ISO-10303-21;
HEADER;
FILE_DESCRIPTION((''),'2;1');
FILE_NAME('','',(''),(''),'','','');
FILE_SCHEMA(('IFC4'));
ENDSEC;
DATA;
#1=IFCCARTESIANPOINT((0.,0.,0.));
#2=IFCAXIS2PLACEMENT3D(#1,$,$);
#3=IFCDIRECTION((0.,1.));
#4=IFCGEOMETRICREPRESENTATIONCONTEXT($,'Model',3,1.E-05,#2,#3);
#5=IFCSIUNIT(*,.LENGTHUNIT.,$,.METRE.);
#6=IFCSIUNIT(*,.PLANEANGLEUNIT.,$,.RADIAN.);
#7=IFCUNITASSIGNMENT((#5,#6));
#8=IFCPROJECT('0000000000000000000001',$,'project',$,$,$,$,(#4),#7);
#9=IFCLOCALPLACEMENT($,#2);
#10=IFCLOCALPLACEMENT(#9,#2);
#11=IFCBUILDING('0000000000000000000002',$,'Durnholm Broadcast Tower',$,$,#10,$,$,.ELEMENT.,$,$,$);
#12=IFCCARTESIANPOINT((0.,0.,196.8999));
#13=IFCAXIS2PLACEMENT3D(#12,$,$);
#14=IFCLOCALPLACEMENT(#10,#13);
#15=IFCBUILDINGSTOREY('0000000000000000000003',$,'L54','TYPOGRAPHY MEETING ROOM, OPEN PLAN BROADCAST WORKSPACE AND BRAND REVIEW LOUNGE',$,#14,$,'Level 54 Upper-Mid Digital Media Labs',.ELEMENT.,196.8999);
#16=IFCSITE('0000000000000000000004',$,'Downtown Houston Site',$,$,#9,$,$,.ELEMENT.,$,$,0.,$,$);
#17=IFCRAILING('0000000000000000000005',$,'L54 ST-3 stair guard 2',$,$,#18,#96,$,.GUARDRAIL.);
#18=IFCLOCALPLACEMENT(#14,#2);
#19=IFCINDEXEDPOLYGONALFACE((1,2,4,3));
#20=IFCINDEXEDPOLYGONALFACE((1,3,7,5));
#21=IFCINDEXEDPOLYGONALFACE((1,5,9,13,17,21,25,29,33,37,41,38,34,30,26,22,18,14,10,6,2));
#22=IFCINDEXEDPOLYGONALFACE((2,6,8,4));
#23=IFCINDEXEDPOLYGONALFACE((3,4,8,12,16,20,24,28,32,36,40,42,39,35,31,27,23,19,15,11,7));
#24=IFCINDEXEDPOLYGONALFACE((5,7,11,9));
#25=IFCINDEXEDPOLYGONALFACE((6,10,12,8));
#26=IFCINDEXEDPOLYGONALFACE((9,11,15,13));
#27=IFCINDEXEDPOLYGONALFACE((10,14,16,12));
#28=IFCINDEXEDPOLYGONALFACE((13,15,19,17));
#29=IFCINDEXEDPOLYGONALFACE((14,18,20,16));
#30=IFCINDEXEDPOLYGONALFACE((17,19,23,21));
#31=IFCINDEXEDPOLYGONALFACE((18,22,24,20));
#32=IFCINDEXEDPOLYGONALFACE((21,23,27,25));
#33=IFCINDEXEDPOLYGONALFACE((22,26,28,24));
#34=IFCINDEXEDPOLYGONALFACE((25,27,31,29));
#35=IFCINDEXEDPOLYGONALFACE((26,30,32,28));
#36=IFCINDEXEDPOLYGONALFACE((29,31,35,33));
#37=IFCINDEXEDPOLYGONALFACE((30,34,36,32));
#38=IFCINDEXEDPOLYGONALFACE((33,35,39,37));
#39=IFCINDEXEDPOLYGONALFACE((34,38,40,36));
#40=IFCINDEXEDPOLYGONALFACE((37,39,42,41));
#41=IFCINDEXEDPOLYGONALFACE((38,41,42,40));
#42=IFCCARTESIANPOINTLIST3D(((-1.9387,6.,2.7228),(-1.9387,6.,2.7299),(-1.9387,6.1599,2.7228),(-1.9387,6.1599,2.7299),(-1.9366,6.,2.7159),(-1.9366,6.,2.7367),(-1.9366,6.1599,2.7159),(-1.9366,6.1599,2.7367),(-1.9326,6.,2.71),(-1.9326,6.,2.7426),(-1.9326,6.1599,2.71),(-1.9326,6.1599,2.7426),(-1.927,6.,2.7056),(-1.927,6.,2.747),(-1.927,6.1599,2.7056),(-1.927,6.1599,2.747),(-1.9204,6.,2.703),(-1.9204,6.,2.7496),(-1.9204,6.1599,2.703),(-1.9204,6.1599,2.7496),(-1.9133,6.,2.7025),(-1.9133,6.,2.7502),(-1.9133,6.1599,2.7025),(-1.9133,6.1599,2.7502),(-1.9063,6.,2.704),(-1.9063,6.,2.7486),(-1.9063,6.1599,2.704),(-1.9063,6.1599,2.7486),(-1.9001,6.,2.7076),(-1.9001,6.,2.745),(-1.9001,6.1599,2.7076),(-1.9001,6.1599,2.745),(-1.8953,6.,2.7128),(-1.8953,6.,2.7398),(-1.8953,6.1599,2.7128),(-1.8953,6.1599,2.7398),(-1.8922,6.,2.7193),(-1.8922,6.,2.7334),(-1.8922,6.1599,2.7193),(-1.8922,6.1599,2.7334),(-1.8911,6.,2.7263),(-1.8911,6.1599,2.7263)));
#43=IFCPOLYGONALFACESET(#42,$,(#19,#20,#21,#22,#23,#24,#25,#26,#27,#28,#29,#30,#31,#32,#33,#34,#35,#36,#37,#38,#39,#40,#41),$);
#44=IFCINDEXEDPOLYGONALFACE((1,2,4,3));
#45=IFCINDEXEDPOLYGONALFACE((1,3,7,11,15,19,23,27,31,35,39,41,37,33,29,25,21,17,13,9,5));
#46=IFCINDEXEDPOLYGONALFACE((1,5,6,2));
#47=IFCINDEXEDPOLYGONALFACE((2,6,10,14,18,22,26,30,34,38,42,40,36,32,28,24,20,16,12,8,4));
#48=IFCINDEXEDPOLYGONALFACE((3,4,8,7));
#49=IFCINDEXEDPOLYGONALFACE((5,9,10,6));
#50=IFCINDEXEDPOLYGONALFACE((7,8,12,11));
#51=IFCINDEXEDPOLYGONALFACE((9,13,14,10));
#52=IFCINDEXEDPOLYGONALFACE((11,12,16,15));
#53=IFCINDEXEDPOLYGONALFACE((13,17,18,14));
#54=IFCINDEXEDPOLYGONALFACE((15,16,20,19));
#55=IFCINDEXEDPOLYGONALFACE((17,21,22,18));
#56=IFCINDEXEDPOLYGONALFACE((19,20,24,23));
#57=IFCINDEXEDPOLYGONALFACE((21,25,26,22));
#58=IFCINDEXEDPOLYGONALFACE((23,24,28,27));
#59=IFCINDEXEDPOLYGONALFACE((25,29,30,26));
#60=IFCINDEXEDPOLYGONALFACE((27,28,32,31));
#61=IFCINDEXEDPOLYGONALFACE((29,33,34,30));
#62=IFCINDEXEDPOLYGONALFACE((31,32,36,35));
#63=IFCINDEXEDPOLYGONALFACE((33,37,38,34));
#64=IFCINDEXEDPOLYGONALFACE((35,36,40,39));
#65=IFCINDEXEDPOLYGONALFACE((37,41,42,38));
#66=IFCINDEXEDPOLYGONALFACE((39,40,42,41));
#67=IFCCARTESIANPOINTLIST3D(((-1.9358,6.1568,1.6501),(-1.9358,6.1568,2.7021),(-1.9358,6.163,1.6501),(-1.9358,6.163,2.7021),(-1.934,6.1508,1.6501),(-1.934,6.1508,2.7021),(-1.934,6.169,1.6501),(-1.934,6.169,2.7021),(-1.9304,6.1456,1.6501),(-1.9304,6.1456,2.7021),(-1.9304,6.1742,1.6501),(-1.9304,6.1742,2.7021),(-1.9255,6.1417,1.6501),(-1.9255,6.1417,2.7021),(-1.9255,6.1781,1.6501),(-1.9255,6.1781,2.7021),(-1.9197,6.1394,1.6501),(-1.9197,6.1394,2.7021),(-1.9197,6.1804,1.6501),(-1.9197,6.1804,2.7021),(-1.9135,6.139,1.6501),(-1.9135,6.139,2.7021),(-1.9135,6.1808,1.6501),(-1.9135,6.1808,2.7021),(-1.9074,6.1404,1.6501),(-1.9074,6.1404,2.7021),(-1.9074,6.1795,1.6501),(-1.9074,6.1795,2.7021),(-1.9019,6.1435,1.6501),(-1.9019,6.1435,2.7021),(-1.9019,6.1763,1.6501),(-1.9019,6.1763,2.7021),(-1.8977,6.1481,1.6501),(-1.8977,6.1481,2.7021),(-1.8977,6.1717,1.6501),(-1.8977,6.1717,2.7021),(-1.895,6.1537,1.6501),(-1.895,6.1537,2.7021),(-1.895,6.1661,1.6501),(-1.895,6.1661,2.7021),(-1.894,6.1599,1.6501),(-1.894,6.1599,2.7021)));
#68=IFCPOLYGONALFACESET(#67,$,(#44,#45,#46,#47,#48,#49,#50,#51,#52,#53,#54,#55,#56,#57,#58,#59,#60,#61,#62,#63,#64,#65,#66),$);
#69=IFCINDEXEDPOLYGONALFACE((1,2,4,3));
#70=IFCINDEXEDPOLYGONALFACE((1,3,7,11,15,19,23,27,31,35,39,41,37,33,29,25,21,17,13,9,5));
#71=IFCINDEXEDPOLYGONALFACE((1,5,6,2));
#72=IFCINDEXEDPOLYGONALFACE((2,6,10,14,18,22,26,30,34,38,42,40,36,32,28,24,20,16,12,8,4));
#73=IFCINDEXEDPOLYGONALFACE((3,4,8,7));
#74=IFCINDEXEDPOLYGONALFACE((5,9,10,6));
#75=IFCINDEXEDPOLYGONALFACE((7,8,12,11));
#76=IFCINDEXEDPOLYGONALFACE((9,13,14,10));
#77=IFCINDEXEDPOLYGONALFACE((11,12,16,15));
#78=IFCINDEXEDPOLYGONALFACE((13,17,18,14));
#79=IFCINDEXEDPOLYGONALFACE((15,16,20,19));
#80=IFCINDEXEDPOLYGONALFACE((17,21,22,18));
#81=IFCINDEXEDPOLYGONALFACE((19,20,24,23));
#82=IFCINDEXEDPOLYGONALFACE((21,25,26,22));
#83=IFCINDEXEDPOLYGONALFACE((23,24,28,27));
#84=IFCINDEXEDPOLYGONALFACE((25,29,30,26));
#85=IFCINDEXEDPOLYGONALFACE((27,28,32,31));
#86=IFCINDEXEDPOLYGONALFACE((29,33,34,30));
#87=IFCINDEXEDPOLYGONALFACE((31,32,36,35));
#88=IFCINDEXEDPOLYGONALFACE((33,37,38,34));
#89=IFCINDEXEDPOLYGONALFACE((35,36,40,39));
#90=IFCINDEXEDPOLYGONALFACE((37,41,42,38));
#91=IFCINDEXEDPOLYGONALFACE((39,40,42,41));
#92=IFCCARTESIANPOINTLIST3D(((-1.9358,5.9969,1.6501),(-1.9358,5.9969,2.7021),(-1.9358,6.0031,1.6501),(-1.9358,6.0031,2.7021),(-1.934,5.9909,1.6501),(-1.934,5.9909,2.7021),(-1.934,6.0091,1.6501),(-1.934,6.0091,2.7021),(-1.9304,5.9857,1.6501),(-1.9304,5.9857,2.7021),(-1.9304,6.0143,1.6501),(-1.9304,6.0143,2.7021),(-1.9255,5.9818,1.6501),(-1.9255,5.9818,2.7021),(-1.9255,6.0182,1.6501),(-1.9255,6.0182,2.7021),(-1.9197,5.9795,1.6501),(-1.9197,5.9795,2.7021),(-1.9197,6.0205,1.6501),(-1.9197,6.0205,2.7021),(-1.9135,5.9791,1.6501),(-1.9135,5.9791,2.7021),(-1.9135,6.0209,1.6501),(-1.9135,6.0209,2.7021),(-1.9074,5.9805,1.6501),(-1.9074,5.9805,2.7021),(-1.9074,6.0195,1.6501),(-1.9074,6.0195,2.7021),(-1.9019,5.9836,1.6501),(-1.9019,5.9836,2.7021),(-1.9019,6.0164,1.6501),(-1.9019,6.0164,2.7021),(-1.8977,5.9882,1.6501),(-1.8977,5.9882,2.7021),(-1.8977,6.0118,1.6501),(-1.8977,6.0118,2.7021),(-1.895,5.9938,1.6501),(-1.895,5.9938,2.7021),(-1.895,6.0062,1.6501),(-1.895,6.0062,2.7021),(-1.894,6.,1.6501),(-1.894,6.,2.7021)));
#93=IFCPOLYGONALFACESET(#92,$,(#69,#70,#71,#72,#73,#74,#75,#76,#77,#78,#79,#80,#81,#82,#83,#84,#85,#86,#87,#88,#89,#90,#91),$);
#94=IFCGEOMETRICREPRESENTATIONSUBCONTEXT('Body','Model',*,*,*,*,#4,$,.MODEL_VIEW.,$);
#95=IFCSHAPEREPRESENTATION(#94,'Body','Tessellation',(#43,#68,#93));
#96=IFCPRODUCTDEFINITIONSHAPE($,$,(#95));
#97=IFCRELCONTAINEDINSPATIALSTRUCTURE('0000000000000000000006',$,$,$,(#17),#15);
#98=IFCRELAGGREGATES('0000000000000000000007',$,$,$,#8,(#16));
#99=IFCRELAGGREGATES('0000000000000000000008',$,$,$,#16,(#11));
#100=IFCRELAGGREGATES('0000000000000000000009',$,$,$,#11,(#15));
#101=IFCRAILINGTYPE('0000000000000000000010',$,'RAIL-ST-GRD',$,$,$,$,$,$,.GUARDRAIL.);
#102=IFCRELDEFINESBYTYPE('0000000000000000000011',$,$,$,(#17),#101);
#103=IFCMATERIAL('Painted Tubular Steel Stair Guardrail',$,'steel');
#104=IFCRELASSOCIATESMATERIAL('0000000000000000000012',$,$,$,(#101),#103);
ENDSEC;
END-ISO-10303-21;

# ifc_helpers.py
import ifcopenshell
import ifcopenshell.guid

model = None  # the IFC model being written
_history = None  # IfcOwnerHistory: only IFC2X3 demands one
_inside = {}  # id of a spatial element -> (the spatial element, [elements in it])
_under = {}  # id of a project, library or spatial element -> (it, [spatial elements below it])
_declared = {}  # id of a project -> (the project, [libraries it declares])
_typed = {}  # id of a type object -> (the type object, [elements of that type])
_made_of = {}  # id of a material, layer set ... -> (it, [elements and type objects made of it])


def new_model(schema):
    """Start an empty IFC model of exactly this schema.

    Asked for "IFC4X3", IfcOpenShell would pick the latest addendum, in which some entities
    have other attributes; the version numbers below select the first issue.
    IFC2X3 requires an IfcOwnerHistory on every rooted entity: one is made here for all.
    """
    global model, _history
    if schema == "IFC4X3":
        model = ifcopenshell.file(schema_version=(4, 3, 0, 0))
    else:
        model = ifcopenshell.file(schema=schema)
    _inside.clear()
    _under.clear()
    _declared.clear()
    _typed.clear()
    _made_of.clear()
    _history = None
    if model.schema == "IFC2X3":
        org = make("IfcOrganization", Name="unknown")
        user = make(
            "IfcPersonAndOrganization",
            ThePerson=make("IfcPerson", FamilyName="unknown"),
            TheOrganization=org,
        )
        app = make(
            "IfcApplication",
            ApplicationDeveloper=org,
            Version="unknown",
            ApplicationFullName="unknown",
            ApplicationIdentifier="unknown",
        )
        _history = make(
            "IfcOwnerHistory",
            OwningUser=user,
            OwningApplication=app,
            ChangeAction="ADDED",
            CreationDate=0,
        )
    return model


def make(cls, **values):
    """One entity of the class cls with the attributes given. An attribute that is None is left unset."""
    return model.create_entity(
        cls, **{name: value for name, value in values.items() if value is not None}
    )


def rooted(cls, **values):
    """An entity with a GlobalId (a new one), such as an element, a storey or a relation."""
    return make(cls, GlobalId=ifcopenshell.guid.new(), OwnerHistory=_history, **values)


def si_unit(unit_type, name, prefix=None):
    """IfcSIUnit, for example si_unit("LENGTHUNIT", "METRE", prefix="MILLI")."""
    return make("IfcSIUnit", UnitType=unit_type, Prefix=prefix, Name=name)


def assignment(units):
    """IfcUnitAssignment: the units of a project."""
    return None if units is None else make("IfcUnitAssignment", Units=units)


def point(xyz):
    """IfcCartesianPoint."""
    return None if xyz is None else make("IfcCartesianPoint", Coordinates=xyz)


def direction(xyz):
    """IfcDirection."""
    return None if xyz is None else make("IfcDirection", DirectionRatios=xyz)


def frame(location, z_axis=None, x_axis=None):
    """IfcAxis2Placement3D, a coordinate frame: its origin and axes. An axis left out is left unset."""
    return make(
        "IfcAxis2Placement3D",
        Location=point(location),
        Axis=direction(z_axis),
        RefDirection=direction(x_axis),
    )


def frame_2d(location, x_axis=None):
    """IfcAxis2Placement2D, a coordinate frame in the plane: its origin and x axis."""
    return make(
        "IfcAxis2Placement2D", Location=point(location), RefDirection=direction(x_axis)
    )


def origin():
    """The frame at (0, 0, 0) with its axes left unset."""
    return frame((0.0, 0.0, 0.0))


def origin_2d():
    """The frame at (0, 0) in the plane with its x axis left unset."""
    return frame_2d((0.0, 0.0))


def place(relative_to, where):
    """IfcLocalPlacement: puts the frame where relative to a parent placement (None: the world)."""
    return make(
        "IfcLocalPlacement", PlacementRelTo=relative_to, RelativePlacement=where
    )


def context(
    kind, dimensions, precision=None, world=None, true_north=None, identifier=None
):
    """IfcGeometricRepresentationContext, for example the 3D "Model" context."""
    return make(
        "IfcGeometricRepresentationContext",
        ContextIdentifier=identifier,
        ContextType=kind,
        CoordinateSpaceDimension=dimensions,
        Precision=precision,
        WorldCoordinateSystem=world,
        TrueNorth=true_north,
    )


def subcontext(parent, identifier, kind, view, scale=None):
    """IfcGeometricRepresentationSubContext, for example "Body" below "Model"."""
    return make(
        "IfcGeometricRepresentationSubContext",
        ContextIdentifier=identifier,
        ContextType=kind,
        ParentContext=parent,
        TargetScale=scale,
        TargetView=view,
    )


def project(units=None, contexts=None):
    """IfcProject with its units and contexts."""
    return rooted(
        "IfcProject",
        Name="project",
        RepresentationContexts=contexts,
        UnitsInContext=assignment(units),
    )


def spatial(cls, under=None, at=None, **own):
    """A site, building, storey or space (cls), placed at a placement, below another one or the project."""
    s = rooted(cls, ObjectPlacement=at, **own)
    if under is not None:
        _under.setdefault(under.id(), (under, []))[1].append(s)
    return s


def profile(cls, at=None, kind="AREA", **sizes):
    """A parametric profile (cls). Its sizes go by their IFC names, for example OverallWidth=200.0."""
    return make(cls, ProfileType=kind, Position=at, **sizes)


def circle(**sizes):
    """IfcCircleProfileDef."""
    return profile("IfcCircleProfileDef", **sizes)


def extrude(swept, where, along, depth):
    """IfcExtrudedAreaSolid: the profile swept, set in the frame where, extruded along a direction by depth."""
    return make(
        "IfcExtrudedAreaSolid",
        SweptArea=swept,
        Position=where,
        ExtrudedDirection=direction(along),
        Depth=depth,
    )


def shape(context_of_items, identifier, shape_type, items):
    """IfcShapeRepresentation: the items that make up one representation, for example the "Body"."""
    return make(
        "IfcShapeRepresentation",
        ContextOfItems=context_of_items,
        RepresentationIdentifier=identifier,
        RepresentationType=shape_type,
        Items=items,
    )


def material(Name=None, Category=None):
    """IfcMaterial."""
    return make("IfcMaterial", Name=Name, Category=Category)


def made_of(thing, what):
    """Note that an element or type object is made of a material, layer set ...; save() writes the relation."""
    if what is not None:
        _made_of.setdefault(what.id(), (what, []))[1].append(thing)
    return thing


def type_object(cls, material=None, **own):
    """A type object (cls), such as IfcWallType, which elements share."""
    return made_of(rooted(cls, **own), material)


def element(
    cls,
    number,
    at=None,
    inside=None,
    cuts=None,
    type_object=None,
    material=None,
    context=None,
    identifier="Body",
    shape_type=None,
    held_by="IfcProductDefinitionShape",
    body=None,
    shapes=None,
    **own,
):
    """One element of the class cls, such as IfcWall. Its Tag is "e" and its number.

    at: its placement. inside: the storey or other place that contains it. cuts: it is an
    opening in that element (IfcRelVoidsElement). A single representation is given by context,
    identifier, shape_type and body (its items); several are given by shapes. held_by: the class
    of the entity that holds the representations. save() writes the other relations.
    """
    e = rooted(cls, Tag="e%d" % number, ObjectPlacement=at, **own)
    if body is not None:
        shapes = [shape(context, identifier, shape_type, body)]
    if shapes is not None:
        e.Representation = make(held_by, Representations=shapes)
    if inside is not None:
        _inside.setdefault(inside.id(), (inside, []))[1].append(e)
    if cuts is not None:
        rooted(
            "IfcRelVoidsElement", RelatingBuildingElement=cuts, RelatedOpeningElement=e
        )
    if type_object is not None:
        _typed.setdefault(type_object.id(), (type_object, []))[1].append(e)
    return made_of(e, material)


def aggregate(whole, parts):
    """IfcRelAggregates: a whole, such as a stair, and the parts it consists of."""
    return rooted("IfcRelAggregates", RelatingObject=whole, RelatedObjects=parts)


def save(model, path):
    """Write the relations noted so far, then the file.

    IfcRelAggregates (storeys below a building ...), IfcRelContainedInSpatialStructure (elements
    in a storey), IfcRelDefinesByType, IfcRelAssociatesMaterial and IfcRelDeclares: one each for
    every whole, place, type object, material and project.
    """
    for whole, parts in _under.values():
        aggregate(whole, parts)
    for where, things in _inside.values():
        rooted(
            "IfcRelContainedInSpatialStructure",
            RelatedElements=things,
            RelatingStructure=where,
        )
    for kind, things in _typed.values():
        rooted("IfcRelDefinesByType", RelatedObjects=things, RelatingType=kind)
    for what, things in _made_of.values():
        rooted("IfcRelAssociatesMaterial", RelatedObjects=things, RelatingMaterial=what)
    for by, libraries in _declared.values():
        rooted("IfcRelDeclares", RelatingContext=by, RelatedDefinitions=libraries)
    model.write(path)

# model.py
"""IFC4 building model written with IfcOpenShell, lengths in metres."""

from ifc_helpers import new_model, si_unit, direction, frame, origin, origin_2d, place, context, subcontext, project, spatial, circle, extrude, material, type_object, element, save


model = new_model("IFC4")

# Units and contexts
model_context = context("Model", 3, precision=1e-05, world=origin(), true_north=direction((0.0, 1.0)))
body_context = subcontext(model_context, "Body", "Model", "MODEL_VIEW")
ifc_project = project(units=[si_unit("LENGTHUNIT", "METRE"), si_unit("PLANEANGLEUNIT", "RADIAN")], contexts=[model_context])

# Site, building, storey
site_placement = place(None, origin())
site = spatial("IfcSite", under=ifc_project, at=site_placement, Name="Downtown Houston Site", CompositionType="ELEMENT", RefElevation=0.0)
building_placement = place(site_placement, origin())
building = spatial("IfcBuilding", under=site, at=building_placement, Name="Durnholm Broadcast Tower", CompositionType="ELEMENT")
storey_placement = place(building_placement, frame((0.0, 0.0, 196.8999)))
storey = spatial("IfcBuildingStorey", under=building, at=storey_placement, Name="L54", Description="TYPOGRAPHY MEETING ROOM, OPEN PLAN BROADCAST WORKSPACE AND BRAND REVIEW LOUNGE", LongName="Level 54 Upper-Mid Digital Media Labs", CompositionType="ELEMENT", Elevation=196.8999)

# Railing
ifc_material_1 = material(Name="Painted Tubular Steel Stair Guardrail", Category="steel")
railing_type_1 = type_object("IfcRailingType", Name="RAIL-ST-GRD", PredefinedType="GUARDRAIL", material=ifc_material_1)
railing_1_placement = place(storey_placement, frame((-1.915, 6.1599, 1.6501)))
element("IfcRailing", 1, at=railing_1_placement, inside=storey, type_object=railing_type_1, Name="L54 ST-3 stair guard 2", PredefinedType="GUARDRAIL", context=body_context, shape_type="SweptSolid", body=[
    extrude(circle(Radius=0.0239, at=origin_2d()), frame((0.0, 0.0, 1.0762), z_axis=(0.0, -1.0, 0.0), x_axis=(1.0, 0.0, 0.0)), (0.0, 0.0, 1.0), 0.1599),
    extrude(circle(Radius=0.021, at=origin_2d()), origin(), (0.0, 0.0, 1.0), 1.052),
    extrude(circle(Radius=0.021, at=origin_2d()), frame((0.0, -0.1599, 0.0)), (0.0, 0.0, 1.0), 1.052),
])

save(model, "model.ifc")
